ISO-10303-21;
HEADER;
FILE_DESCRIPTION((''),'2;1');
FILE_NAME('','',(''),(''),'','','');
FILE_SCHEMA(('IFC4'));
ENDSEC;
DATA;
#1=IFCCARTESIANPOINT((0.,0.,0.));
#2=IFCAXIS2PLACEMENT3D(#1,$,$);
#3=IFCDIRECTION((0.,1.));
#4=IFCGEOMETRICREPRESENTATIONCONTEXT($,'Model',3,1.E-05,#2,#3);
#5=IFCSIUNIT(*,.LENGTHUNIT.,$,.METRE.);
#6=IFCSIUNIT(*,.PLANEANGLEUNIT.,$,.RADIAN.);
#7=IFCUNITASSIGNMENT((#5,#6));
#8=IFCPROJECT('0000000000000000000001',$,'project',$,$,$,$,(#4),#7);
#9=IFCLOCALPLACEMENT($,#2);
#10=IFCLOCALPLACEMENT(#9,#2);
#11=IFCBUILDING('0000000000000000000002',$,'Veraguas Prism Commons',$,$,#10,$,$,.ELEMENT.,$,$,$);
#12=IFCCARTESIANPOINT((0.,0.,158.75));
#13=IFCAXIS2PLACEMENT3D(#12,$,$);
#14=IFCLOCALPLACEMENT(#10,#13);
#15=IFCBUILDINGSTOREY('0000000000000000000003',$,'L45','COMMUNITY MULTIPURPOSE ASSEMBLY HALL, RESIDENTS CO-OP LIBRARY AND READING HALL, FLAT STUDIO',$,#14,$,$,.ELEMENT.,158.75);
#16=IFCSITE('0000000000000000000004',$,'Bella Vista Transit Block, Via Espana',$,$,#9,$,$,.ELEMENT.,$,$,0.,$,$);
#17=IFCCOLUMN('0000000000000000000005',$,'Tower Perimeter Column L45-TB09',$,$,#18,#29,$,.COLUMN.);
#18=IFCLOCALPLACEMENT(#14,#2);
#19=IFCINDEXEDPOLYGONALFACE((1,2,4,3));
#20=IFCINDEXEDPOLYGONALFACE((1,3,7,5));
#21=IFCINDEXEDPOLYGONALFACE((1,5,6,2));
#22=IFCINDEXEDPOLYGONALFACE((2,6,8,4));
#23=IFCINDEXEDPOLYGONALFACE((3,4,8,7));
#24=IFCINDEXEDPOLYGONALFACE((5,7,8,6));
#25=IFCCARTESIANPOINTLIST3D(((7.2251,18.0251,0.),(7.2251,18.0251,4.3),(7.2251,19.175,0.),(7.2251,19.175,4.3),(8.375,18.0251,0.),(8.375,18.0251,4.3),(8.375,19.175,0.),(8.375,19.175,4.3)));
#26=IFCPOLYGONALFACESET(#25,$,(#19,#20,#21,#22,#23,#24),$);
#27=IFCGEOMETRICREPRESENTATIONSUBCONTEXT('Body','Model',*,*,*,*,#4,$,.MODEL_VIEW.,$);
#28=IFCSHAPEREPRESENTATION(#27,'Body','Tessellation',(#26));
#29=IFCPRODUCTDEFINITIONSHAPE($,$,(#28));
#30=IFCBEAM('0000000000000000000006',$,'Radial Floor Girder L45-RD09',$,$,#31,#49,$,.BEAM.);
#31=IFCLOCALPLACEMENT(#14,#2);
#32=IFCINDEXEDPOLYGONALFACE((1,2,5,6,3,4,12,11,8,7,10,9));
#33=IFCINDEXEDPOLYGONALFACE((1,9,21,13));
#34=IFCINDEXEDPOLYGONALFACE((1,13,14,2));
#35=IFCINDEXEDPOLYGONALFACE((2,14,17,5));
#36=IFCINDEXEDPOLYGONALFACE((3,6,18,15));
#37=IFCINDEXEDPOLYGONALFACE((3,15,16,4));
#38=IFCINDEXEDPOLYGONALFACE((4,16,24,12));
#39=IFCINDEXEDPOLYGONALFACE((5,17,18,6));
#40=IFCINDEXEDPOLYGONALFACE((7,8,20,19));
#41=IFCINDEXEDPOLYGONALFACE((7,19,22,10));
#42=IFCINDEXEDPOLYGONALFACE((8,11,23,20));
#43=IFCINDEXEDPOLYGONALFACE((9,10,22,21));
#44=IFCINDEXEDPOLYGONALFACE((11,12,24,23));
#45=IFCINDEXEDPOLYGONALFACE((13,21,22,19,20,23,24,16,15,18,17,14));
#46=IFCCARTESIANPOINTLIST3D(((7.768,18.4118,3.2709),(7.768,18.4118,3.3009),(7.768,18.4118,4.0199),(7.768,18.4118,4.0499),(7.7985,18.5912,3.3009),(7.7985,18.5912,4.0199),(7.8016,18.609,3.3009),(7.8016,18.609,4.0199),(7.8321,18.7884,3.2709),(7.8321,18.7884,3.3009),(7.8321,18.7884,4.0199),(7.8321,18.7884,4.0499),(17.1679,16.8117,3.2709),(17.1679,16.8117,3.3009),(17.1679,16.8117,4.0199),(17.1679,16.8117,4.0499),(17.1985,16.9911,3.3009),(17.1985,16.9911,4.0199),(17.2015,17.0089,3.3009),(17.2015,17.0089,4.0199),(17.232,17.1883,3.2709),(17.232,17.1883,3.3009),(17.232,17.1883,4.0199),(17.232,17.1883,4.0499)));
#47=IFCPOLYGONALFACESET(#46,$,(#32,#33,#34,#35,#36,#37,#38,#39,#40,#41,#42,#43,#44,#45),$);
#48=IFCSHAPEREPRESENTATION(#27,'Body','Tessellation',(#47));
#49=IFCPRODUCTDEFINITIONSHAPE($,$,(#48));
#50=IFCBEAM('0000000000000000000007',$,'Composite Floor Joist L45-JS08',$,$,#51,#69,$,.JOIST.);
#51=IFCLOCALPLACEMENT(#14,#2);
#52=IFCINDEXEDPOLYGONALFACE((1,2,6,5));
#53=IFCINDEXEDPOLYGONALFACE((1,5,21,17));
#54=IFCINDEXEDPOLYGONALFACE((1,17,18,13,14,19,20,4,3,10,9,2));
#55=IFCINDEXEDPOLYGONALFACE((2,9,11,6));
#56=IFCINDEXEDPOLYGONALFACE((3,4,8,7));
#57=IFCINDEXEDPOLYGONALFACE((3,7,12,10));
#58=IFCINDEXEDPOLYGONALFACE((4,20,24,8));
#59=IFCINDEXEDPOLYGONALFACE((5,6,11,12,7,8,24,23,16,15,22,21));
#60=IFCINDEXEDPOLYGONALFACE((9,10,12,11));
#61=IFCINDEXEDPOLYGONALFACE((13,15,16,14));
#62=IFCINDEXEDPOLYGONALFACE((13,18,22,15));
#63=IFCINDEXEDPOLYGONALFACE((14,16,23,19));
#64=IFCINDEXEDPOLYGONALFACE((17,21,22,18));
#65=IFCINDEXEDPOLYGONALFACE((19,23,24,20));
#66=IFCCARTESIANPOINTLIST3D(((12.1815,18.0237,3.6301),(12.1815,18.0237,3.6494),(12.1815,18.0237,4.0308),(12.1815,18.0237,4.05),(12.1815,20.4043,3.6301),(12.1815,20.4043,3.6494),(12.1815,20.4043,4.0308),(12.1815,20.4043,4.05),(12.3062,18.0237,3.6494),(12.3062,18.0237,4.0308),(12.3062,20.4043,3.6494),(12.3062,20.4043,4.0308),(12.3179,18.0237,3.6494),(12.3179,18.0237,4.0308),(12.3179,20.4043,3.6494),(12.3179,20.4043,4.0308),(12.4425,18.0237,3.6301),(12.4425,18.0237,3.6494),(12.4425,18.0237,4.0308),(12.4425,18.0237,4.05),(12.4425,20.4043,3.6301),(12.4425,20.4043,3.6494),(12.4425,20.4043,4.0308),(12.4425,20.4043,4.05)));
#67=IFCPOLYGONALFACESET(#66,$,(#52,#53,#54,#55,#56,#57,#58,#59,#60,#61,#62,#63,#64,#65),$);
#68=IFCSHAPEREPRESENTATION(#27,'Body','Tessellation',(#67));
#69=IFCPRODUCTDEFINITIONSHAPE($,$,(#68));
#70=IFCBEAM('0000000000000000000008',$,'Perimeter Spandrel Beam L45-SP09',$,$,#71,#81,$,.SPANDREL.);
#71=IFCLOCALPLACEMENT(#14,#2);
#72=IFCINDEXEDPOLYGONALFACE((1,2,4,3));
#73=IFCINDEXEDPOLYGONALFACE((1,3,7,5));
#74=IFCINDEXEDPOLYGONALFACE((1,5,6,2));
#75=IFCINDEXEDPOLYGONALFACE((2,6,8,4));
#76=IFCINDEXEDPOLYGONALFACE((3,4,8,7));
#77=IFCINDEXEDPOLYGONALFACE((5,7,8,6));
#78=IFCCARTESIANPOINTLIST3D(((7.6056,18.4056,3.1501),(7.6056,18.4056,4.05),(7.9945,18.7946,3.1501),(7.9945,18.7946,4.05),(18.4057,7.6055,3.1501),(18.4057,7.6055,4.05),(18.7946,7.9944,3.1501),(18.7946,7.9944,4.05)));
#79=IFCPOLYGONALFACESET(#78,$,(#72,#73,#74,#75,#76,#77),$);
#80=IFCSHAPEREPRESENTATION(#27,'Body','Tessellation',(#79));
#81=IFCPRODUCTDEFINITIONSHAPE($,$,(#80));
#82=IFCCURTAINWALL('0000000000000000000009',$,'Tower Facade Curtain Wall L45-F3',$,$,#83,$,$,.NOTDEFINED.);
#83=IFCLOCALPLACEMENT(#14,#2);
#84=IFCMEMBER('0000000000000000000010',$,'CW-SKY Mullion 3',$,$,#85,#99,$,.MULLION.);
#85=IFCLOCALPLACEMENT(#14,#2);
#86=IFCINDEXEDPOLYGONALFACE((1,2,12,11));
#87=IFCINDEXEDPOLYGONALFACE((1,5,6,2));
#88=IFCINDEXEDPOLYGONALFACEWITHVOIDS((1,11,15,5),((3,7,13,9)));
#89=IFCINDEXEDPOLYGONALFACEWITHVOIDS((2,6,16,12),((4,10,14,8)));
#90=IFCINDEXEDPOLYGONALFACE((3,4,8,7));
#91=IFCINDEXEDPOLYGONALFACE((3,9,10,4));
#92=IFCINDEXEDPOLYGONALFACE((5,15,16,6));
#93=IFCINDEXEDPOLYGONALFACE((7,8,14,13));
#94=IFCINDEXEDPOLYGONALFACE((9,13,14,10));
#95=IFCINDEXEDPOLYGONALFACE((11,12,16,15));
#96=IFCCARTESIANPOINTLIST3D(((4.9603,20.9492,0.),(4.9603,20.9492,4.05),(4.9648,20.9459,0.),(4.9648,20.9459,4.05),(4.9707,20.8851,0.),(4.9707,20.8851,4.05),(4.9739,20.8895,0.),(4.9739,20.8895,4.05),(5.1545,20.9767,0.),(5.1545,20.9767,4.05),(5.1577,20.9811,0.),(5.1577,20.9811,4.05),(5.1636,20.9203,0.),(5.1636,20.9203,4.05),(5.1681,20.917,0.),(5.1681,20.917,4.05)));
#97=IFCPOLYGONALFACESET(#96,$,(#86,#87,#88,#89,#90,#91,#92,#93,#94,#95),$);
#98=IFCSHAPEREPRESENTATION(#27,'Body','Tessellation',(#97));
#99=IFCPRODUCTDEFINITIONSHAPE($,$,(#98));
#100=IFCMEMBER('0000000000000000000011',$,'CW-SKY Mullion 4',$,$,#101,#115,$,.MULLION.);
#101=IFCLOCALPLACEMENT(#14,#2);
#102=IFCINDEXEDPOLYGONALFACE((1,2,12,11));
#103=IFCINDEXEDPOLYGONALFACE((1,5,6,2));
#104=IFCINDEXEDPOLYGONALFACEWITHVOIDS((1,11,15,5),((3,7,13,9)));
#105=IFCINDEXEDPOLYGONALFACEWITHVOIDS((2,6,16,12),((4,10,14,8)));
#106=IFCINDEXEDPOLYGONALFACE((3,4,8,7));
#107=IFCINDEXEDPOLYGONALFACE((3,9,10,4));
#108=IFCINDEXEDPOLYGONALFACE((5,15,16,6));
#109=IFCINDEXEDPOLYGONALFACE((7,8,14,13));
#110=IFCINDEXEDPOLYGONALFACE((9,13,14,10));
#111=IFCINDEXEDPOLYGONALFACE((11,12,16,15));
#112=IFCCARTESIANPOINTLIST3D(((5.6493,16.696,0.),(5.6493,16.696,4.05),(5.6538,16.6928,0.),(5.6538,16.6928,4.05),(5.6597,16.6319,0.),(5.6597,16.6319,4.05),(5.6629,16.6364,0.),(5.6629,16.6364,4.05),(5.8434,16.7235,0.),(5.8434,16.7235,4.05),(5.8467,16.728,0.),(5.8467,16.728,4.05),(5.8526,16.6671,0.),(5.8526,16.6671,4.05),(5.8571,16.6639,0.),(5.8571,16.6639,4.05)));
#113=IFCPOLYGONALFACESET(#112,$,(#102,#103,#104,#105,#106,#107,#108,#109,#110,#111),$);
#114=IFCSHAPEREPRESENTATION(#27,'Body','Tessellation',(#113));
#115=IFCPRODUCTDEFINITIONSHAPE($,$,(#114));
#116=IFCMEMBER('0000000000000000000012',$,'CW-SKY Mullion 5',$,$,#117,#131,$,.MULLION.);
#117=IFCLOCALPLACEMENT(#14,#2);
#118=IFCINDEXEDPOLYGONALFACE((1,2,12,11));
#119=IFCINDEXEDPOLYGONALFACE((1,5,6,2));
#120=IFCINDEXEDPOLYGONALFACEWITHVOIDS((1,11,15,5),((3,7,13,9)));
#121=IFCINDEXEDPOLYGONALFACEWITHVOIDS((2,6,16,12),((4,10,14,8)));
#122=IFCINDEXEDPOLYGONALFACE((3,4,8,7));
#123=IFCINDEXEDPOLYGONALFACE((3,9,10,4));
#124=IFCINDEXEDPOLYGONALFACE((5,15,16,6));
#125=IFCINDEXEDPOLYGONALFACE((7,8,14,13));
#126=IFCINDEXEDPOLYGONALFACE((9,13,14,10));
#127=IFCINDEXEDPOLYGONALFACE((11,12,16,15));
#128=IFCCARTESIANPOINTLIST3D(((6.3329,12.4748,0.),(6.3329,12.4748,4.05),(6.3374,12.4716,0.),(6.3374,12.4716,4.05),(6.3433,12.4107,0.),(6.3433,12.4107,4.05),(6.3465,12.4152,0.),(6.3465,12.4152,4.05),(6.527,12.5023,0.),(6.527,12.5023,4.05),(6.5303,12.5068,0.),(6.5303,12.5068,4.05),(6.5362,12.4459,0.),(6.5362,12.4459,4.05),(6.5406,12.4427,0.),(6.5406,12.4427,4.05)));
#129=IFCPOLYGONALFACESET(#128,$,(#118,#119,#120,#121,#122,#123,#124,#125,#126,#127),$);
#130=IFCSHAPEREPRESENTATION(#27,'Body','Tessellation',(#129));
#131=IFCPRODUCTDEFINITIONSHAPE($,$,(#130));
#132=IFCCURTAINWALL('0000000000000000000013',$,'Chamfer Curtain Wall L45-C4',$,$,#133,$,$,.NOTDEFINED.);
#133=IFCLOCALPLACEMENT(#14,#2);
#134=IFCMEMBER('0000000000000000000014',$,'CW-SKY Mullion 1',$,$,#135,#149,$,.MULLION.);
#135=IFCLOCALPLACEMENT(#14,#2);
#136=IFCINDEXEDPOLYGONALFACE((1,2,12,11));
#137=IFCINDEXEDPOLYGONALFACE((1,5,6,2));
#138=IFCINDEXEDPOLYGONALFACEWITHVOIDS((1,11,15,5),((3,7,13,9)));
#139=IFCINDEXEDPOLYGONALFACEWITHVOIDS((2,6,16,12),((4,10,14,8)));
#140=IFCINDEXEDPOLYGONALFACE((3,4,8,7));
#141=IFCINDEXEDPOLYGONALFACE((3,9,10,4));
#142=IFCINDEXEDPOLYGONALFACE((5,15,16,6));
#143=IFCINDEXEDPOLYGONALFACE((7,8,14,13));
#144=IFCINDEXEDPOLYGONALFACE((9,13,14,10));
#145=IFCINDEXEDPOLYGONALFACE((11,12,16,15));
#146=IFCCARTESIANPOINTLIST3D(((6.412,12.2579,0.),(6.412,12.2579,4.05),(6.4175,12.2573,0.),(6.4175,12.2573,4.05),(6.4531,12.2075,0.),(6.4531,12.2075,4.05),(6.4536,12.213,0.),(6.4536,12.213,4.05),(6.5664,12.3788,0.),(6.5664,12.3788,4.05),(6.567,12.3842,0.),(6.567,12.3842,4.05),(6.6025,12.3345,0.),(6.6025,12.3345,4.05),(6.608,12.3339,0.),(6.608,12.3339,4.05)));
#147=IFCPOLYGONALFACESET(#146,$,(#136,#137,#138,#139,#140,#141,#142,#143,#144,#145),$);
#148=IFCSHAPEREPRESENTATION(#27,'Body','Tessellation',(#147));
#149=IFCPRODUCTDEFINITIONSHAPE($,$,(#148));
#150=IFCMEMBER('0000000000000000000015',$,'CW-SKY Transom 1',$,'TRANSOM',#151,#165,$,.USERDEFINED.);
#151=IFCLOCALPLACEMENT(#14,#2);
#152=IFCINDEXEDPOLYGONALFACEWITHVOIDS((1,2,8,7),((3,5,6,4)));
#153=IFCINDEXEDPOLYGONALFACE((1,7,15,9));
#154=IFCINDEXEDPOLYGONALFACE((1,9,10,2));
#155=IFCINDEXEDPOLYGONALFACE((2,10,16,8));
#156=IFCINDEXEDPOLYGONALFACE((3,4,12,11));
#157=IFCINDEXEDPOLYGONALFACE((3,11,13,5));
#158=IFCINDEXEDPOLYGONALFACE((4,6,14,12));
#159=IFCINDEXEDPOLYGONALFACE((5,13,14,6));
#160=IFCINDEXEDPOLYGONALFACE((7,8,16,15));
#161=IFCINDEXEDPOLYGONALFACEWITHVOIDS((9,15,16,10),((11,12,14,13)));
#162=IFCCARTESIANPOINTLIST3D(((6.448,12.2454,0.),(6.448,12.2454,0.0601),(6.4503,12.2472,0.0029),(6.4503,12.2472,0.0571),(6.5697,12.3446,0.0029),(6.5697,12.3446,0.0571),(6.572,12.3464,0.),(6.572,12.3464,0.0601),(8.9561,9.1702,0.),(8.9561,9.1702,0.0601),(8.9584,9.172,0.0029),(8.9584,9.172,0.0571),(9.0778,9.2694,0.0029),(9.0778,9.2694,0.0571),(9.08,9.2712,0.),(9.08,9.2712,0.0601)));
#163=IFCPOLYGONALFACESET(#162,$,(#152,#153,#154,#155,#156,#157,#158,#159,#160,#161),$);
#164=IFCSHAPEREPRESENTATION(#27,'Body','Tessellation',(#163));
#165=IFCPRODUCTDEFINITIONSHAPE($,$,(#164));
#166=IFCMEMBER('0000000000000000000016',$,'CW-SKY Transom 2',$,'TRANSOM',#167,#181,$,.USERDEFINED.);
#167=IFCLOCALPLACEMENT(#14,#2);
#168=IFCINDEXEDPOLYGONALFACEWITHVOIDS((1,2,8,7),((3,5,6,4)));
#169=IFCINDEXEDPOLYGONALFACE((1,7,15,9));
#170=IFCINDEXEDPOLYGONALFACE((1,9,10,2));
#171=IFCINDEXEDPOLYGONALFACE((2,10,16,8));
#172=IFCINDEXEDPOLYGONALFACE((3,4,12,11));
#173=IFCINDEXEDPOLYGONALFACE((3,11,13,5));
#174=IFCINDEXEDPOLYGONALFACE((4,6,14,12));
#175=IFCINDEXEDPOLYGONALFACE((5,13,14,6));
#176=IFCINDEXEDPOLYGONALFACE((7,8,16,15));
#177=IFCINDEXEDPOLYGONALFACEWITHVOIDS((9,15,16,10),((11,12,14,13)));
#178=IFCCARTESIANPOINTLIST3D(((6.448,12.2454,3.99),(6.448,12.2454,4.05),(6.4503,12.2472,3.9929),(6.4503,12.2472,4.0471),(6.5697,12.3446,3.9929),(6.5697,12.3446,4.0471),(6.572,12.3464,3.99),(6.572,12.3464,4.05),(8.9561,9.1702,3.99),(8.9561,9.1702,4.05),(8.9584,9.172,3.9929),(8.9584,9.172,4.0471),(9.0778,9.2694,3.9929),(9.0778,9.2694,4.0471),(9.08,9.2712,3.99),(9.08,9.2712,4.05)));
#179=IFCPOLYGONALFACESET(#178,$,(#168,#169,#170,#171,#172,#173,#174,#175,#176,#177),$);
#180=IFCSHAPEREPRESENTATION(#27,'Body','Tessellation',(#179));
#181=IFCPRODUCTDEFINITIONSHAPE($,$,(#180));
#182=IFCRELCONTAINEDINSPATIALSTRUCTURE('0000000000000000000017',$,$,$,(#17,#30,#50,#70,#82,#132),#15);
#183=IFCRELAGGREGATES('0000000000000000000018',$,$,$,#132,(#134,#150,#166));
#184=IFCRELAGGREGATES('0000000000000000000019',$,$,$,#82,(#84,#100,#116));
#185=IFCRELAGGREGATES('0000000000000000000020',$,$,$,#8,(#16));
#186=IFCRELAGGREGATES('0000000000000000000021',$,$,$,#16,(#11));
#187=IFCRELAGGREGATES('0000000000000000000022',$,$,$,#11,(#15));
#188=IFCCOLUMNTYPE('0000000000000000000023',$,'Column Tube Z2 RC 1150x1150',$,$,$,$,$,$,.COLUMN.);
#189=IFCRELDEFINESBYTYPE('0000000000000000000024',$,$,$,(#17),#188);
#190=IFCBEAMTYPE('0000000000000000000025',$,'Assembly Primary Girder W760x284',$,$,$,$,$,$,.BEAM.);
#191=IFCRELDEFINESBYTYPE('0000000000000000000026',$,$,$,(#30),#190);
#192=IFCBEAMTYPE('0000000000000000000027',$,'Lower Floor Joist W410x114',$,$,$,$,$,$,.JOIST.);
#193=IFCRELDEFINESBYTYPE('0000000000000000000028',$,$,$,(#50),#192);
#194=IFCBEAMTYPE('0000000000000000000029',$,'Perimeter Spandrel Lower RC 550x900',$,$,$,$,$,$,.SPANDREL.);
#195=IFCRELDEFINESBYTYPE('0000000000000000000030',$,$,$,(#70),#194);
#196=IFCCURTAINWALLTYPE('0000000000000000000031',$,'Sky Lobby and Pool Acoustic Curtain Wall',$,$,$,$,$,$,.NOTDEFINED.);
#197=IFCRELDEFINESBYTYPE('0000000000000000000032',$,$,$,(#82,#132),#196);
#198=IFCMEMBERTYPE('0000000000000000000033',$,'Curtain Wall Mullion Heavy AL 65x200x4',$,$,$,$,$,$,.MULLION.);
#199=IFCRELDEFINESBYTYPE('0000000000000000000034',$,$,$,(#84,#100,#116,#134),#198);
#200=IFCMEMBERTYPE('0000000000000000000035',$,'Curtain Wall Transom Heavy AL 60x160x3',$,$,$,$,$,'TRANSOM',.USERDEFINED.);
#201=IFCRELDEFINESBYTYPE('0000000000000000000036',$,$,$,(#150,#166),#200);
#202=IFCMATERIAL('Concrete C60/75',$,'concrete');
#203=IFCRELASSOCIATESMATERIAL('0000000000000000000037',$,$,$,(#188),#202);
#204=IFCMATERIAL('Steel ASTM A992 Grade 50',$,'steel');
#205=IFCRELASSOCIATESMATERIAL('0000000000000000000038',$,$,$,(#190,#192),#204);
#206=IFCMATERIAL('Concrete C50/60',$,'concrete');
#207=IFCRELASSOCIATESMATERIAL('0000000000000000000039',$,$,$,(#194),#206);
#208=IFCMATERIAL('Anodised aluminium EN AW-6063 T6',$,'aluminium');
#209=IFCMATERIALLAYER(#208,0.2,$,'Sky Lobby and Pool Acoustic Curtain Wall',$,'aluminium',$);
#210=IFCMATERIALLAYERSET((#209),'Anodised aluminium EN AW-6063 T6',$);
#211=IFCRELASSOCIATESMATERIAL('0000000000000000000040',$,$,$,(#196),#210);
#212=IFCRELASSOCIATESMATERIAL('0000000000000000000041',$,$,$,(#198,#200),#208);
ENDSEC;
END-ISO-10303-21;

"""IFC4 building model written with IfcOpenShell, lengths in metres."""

from ifc_helpers import new_model, si_unit, direction, frame, origin, origin_2d, place, context, subcontext, project, spatial, rectangle, hollow_rectangle, i_section, extrude, source, transform, mapped, material, layer, layer_set, material_profile, profile_set, type_object, element, aggregate, save


model = new_model("IFC4")

# Units and contexts
model_context = context("Model", 3, precision=1e-05, world=origin(), true_north=direction((0.0, 1.0)))
body_context = subcontext(model_context, "Body", "Model", "MODEL_VIEW")
ifc_project = project(units=[si_unit("LENGTHUNIT", "METRE"), si_unit("PLANEANGLEUNIT", "RADIAN")], contexts=[model_context])

# Site, building, storey
site_placement = place(None, origin())
site = spatial("IfcSite", under=ifc_project, at=site_placement, Name="Bella Vista Transit Block, Via Espana", CompositionType="ELEMENT", RefElevation=0.0)
building_placement = place(site_placement, origin())
building = spatial("IfcBuilding", under=site, at=building_placement, Name="Veraguas Prism Commons", CompositionType="ELEMENT")
storey_placement = place(building_placement, frame((0.0, 0.0, 158.75)))
storey = spatial("IfcBuildingStorey", under=building, at=storey_placement, Name="L45", Description="COMMUNITY MULTIPURPOSE ASSEMBLY HALL, RESIDENTS CO-OP LIBRARY AND READING HALL, FLAT STUDIO", CompositionType="ELEMENT", Elevation=158.75)

# Column
ifc_material_1 = material(Name="Concrete C60/75", Category="concrete")
ifc_material_profile_1 = material_profile(ifc_material_1, rectangle(XDim=1.1499, YDim=1.1499, at=origin_2d()), Name="RC1150X1150")
ifc_profile_set_1 = profile_set([ifc_material_profile_1], Name="Concrete C60/75")
column_type = type_object("IfcColumnType", Name="Column Tube Z2 RC 1150x1150", PredefinedType="COLUMN", material=ifc_profile_set_1)
column_placement = place(storey_placement, frame((7.8, 18.6001, 0.0), z_axis=(0.0, 0.0, 1.0), x_axis=(1.0, 0.0, 0.0)))
element("IfcColumn", 1, at=column_placement, inside=storey, type_object=column_type, Name="Tower Perimeter Column L45-TB09", PredefinedType="COLUMN", context=body_context, shape_type="SweptSolid", body=[
    extrude(rectangle(XDim=1.1499, YDim=1.1499, at=origin_2d()), origin(), (0.0, 0.0, 1.0), 4.3),
])

# Beams
ifc_material_2 = material(Name="Steel ASTM A992 Grade 50", Category="steel")
ifc_material_profile_2 = material_profile(ifc_material_2, i_section(OverallWidth=0.3821, OverallDepth=0.7791, WebThickness=0.0181, FlangeThickness=0.03, at=origin_2d()), Name="W760X284")
ifc_profile_set_2 = profile_set([ifc_material_profile_2], Name="Steel ASTM A992 Grade 50")
beam_type_1 = type_object("IfcBeamType", Name="Assembly Primary Girder W760x284", PredefinedType="BEAM", material=ifc_profile_set_2)
beam_1_placement = place(storey_placement, frame((7.8, 18.6001, 3.6604), z_axis=(0.985819, -0.167811, 0.0), x_axis=(0.167811, 0.985819, 0.0)))
element("IfcBeam", 2, at=beam_1_placement, inside=storey, type_object=beam_type_1, Name="Radial Floor Girder L45-RD09", PredefinedType="BEAM", context=body_context, shape_type="SweptSolid", body=[
    extrude(i_section(OverallWidth=0.3821, OverallDepth=0.7791, WebThickness=0.0181, FlangeThickness=0.03, at=origin_2d()), origin(), (0.0, 0.0, 1.0), 9.5352),
])
ifc_material_profile_3 = material_profile(ifc_material_2, i_section(OverallWidth=0.261, OverallDepth=0.4199, WebThickness=0.0117, FlangeThickness=0.0193, at=origin_2d()), Name="W410X114")
ifc_profile_set_3 = profile_set([ifc_material_profile_3], Name="Steel ASTM A992 Grade 50")
beam_type_2 = type_object("IfcBeamType", Name="Lower Floor Joist W410x114", PredefinedType="JOIST", material=ifc_profile_set_3)
beam_2_placement = place(storey_placement, frame((12.312, 20.4043, 3.8401), z_axis=(0.0, -1.0, 0.0), x_axis=(1.0, 0.0, 0.0)))
element("IfcBeam", 3, at=beam_2_placement, inside=storey, type_object=beam_type_2, Name="Composite Floor Joist L45-JS08", PredefinedType="JOIST", context=body_context, shape_type="SweptSolid", body=[
    extrude(i_section(OverallWidth=0.261, OverallDepth=0.4199, WebThickness=0.0117, FlangeThickness=0.0193, at=origin_2d()), origin(), (0.0, 0.0, 1.0), 2.3806),
])
ifc_material_3 = material(Name="Concrete C50/60", Category="concrete")
ifc_material_profile_4 = material_profile(ifc_material_3, rectangle(XDim=0.55, YDim=0.8999, at=origin_2d()), Name="RC550X900")
ifc_profile_set_4 = profile_set([ifc_material_profile_4], Name="Concrete C50/60")
beam_type_3 = type_object("IfcBeamType", Name="Perimeter Spandrel Lower RC 550x900", PredefinedType="SPANDREL", material=ifc_profile_set_4)
beam_3_placement = place(storey_placement, frame((7.8, 18.6001, 3.6001), z_axis=(0.707107, -0.707107, 0.0), x_axis=(0.707107, 0.707107, 0.0)))
element("IfcBeam", 4, at=beam_3_placement, inside=storey, type_object=beam_type_3, Name="Perimeter Spandrel Beam L45-SP09", PredefinedType="SPANDREL", context=body_context, shape_type="SweptSolid", body=[
    extrude(rectangle(XDim=0.55, YDim=0.8999, at=origin_2d()), origin(), (0.0, 0.0, 1.0), 15.2737),
])

# Curtain walls, members
ifc_material_4 = material(Name="Anodised aluminium EN AW-6063 T6", Category="aluminium")
ifc_layer_1 = layer(ifc_material_4, 0.2, Name="Sky Lobby and Pool Acoustic Curtain Wall", Category="aluminium")
ifc_layer_set_1 = layer_set([ifc_layer_1], Name="Anodised aluminium EN AW-6063 T6")
curtain_wall_type = type_object("IfcCurtainWallType", Name="Sky Lobby and Pool Acoustic Curtain Wall", PredefinedType="NOTDEFINED", material=ifc_layer_set_1)
curtain_wall_1_placement = place(storey_placement, origin())
curtain_wall_1 = element("IfcCurtainWall", 5, at=curtain_wall_1_placement, inside=storey, type_object=curtain_wall_type, Name="Tower Facade Curtain Wall L45-F3", PredefinedType="NOTDEFINED")
ifc_material_profile_5 = material_profile(ifc_material_4, hollow_rectangle(XDim=0.0649, YDim=0.2, WallThickness=0.0039, at=origin_2d()), Name="AL65X200X4")
ifc_profile_set_5 = profile_set([ifc_material_profile_5], Name="Anodised aluminium EN AW-6063 T6")
member_type_1 = type_object("IfcMemberType", Name="Curtain Wall Mullion Heavy AL 65x200x4", PredefinedType="MULLION", material=ifc_profile_set_5)
shared_shape_1 = source(origin(), body_context, "Body", "SweptSolid", [
    extrude(hollow_rectangle(XDim=0.0649, YDim=0.2, WallThickness=0.0039, at=origin_2d()), origin(), (0.0, 0.0, 1.0), 4.05),
])
member_1_placement = place(storey_placement, frame((5.0642, 20.9331, 0.0), z_axis=(0.0, 0.0, 1.0), x_axis=(0.159878, -0.987137, 0.0)))
member_1 = element("IfcMember", 6, at=member_1_placement, type_object=member_type_1, Name="CW-SKY Mullion 3", PredefinedType="MULLION", context=body_context, shape_type="MappedRepresentation", body=[
    mapped(shared_shape_1, transform((0.0, 0.0, 0.0), scale=1.0)),
])
member_2_placement = place(storey_placement, frame((5.7532, 16.6799, 0.0), z_axis=(0.0, 0.0, 1.0), x_axis=(0.159878, -0.987137, 0.0)))
member_2 = element("IfcMember", 7, at=member_2_placement, type_object=member_type_1, Name="CW-SKY Mullion 4", PredefinedType="MULLION", context=body_context, shape_type="MappedRepresentation", body=[
    mapped(shared_shape_1, transform((0.0, 0.0, 0.0), scale=1.0)),
])
member_3_placement = place(storey_placement, frame((6.4368, 12.4587, 0.0), z_axis=(0.0, 0.0, 1.0), x_axis=(0.159878, -0.987137, 0.0)))
member_3 = element("IfcMember", 8, at=member_3_placement, type_object=member_type_1, Name="CW-SKY Mullion 5", PredefinedType="MULLION", context=body_context, shape_type="MappedRepresentation", body=[
    mapped(shared_shape_1, transform((0.0, 0.0, 0.0), scale=1.0)),
])
curtain_wall_2_placement = place(storey_placement, origin())
curtain_wall_2 = element("IfcCurtainWall", 9, at=curtain_wall_2_placement, inside=storey, type_object=curtain_wall_type, Name="Chamfer Curtain Wall L45-C4", PredefinedType="NOTDEFINED")
member_4_placement = place(storey_placement, frame((6.51, 12.2959, 0.0), z_axis=(0.0, 0.0, 1.0), x_axis=(0.632041, -0.774935, 0.0)))
member_4 = element("IfcMember", 10, at=member_4_placement, type_object=member_type_1, Name="CW-SKY Mullion 1", PredefinedType="MULLION", context=body_context, shape_type="MappedRepresentation", body=[
    mapped(shared_shape_1, transform((0.0, 0.0, 0.0), scale=1.0)),
])
ifc_material_profile_6 = material_profile(ifc_material_4, hollow_rectangle(XDim=0.0601, YDim=0.1599, WallThickness=0.0029, at=origin_2d()), Name="AL60X160X3")
ifc_profile_set_6 = profile_set([ifc_material_profile_6], Name="Anodised aluminium EN AW-6063 T6")
member_type_2 = type_object("IfcMemberType", Name="Curtain Wall Transom Heavy AL 60x160x3", ElementType="TRANSOM", PredefinedType="USERDEFINED", material=ifc_profile_set_6)
shared_shape_2 = source(origin(), body_context, "Body", "SweptSolid", [
    extrude(hollow_rectangle(XDim=0.0601, YDim=0.1599, WallThickness=0.0029, at=origin_2d()), origin(), (0.0, 0.0, 1.0), 3.9683),
])
member_5_placement = place(storey_placement, frame((6.51, 12.2959, 0.03), z_axis=(0.632028, -0.774946, 0.0), x_axis=(0.0, 0.0, 1.0)))
member_5 = element("IfcMember", 11, at=member_5_placement, type_object=member_type_2, Name="CW-SKY Transom 1", ObjectType="TRANSOM", PredefinedType="USERDEFINED", context=body_context, shape_type="MappedRepresentation", body=[
    mapped(shared_shape_2, transform((0.0, 0.0, 0.0), scale=1.0)),
])
member_6_placement = place(storey_placement, frame((6.51, 12.2959, 4.02), z_axis=(0.632028, -0.774946, 0.0), x_axis=(0.0, 0.0, 1.0)))
member_6 = element("IfcMember", 12, at=member_6_placement, type_object=member_type_2, Name="CW-SKY Transom 2", ObjectType="TRANSOM", PredefinedType="USERDEFINED", context=body_context, shape_type="MappedRepresentation", body=[
    mapped(shared_shape_2, transform((0.0, 0.0, 0.0), scale=1.0)),
])
aggregate(curtain_wall_2, [member_4, member_5, member_6])

aggregate(curtain_wall_1, [member_1, member_2, member_3])

save(model, "model.ifc")
